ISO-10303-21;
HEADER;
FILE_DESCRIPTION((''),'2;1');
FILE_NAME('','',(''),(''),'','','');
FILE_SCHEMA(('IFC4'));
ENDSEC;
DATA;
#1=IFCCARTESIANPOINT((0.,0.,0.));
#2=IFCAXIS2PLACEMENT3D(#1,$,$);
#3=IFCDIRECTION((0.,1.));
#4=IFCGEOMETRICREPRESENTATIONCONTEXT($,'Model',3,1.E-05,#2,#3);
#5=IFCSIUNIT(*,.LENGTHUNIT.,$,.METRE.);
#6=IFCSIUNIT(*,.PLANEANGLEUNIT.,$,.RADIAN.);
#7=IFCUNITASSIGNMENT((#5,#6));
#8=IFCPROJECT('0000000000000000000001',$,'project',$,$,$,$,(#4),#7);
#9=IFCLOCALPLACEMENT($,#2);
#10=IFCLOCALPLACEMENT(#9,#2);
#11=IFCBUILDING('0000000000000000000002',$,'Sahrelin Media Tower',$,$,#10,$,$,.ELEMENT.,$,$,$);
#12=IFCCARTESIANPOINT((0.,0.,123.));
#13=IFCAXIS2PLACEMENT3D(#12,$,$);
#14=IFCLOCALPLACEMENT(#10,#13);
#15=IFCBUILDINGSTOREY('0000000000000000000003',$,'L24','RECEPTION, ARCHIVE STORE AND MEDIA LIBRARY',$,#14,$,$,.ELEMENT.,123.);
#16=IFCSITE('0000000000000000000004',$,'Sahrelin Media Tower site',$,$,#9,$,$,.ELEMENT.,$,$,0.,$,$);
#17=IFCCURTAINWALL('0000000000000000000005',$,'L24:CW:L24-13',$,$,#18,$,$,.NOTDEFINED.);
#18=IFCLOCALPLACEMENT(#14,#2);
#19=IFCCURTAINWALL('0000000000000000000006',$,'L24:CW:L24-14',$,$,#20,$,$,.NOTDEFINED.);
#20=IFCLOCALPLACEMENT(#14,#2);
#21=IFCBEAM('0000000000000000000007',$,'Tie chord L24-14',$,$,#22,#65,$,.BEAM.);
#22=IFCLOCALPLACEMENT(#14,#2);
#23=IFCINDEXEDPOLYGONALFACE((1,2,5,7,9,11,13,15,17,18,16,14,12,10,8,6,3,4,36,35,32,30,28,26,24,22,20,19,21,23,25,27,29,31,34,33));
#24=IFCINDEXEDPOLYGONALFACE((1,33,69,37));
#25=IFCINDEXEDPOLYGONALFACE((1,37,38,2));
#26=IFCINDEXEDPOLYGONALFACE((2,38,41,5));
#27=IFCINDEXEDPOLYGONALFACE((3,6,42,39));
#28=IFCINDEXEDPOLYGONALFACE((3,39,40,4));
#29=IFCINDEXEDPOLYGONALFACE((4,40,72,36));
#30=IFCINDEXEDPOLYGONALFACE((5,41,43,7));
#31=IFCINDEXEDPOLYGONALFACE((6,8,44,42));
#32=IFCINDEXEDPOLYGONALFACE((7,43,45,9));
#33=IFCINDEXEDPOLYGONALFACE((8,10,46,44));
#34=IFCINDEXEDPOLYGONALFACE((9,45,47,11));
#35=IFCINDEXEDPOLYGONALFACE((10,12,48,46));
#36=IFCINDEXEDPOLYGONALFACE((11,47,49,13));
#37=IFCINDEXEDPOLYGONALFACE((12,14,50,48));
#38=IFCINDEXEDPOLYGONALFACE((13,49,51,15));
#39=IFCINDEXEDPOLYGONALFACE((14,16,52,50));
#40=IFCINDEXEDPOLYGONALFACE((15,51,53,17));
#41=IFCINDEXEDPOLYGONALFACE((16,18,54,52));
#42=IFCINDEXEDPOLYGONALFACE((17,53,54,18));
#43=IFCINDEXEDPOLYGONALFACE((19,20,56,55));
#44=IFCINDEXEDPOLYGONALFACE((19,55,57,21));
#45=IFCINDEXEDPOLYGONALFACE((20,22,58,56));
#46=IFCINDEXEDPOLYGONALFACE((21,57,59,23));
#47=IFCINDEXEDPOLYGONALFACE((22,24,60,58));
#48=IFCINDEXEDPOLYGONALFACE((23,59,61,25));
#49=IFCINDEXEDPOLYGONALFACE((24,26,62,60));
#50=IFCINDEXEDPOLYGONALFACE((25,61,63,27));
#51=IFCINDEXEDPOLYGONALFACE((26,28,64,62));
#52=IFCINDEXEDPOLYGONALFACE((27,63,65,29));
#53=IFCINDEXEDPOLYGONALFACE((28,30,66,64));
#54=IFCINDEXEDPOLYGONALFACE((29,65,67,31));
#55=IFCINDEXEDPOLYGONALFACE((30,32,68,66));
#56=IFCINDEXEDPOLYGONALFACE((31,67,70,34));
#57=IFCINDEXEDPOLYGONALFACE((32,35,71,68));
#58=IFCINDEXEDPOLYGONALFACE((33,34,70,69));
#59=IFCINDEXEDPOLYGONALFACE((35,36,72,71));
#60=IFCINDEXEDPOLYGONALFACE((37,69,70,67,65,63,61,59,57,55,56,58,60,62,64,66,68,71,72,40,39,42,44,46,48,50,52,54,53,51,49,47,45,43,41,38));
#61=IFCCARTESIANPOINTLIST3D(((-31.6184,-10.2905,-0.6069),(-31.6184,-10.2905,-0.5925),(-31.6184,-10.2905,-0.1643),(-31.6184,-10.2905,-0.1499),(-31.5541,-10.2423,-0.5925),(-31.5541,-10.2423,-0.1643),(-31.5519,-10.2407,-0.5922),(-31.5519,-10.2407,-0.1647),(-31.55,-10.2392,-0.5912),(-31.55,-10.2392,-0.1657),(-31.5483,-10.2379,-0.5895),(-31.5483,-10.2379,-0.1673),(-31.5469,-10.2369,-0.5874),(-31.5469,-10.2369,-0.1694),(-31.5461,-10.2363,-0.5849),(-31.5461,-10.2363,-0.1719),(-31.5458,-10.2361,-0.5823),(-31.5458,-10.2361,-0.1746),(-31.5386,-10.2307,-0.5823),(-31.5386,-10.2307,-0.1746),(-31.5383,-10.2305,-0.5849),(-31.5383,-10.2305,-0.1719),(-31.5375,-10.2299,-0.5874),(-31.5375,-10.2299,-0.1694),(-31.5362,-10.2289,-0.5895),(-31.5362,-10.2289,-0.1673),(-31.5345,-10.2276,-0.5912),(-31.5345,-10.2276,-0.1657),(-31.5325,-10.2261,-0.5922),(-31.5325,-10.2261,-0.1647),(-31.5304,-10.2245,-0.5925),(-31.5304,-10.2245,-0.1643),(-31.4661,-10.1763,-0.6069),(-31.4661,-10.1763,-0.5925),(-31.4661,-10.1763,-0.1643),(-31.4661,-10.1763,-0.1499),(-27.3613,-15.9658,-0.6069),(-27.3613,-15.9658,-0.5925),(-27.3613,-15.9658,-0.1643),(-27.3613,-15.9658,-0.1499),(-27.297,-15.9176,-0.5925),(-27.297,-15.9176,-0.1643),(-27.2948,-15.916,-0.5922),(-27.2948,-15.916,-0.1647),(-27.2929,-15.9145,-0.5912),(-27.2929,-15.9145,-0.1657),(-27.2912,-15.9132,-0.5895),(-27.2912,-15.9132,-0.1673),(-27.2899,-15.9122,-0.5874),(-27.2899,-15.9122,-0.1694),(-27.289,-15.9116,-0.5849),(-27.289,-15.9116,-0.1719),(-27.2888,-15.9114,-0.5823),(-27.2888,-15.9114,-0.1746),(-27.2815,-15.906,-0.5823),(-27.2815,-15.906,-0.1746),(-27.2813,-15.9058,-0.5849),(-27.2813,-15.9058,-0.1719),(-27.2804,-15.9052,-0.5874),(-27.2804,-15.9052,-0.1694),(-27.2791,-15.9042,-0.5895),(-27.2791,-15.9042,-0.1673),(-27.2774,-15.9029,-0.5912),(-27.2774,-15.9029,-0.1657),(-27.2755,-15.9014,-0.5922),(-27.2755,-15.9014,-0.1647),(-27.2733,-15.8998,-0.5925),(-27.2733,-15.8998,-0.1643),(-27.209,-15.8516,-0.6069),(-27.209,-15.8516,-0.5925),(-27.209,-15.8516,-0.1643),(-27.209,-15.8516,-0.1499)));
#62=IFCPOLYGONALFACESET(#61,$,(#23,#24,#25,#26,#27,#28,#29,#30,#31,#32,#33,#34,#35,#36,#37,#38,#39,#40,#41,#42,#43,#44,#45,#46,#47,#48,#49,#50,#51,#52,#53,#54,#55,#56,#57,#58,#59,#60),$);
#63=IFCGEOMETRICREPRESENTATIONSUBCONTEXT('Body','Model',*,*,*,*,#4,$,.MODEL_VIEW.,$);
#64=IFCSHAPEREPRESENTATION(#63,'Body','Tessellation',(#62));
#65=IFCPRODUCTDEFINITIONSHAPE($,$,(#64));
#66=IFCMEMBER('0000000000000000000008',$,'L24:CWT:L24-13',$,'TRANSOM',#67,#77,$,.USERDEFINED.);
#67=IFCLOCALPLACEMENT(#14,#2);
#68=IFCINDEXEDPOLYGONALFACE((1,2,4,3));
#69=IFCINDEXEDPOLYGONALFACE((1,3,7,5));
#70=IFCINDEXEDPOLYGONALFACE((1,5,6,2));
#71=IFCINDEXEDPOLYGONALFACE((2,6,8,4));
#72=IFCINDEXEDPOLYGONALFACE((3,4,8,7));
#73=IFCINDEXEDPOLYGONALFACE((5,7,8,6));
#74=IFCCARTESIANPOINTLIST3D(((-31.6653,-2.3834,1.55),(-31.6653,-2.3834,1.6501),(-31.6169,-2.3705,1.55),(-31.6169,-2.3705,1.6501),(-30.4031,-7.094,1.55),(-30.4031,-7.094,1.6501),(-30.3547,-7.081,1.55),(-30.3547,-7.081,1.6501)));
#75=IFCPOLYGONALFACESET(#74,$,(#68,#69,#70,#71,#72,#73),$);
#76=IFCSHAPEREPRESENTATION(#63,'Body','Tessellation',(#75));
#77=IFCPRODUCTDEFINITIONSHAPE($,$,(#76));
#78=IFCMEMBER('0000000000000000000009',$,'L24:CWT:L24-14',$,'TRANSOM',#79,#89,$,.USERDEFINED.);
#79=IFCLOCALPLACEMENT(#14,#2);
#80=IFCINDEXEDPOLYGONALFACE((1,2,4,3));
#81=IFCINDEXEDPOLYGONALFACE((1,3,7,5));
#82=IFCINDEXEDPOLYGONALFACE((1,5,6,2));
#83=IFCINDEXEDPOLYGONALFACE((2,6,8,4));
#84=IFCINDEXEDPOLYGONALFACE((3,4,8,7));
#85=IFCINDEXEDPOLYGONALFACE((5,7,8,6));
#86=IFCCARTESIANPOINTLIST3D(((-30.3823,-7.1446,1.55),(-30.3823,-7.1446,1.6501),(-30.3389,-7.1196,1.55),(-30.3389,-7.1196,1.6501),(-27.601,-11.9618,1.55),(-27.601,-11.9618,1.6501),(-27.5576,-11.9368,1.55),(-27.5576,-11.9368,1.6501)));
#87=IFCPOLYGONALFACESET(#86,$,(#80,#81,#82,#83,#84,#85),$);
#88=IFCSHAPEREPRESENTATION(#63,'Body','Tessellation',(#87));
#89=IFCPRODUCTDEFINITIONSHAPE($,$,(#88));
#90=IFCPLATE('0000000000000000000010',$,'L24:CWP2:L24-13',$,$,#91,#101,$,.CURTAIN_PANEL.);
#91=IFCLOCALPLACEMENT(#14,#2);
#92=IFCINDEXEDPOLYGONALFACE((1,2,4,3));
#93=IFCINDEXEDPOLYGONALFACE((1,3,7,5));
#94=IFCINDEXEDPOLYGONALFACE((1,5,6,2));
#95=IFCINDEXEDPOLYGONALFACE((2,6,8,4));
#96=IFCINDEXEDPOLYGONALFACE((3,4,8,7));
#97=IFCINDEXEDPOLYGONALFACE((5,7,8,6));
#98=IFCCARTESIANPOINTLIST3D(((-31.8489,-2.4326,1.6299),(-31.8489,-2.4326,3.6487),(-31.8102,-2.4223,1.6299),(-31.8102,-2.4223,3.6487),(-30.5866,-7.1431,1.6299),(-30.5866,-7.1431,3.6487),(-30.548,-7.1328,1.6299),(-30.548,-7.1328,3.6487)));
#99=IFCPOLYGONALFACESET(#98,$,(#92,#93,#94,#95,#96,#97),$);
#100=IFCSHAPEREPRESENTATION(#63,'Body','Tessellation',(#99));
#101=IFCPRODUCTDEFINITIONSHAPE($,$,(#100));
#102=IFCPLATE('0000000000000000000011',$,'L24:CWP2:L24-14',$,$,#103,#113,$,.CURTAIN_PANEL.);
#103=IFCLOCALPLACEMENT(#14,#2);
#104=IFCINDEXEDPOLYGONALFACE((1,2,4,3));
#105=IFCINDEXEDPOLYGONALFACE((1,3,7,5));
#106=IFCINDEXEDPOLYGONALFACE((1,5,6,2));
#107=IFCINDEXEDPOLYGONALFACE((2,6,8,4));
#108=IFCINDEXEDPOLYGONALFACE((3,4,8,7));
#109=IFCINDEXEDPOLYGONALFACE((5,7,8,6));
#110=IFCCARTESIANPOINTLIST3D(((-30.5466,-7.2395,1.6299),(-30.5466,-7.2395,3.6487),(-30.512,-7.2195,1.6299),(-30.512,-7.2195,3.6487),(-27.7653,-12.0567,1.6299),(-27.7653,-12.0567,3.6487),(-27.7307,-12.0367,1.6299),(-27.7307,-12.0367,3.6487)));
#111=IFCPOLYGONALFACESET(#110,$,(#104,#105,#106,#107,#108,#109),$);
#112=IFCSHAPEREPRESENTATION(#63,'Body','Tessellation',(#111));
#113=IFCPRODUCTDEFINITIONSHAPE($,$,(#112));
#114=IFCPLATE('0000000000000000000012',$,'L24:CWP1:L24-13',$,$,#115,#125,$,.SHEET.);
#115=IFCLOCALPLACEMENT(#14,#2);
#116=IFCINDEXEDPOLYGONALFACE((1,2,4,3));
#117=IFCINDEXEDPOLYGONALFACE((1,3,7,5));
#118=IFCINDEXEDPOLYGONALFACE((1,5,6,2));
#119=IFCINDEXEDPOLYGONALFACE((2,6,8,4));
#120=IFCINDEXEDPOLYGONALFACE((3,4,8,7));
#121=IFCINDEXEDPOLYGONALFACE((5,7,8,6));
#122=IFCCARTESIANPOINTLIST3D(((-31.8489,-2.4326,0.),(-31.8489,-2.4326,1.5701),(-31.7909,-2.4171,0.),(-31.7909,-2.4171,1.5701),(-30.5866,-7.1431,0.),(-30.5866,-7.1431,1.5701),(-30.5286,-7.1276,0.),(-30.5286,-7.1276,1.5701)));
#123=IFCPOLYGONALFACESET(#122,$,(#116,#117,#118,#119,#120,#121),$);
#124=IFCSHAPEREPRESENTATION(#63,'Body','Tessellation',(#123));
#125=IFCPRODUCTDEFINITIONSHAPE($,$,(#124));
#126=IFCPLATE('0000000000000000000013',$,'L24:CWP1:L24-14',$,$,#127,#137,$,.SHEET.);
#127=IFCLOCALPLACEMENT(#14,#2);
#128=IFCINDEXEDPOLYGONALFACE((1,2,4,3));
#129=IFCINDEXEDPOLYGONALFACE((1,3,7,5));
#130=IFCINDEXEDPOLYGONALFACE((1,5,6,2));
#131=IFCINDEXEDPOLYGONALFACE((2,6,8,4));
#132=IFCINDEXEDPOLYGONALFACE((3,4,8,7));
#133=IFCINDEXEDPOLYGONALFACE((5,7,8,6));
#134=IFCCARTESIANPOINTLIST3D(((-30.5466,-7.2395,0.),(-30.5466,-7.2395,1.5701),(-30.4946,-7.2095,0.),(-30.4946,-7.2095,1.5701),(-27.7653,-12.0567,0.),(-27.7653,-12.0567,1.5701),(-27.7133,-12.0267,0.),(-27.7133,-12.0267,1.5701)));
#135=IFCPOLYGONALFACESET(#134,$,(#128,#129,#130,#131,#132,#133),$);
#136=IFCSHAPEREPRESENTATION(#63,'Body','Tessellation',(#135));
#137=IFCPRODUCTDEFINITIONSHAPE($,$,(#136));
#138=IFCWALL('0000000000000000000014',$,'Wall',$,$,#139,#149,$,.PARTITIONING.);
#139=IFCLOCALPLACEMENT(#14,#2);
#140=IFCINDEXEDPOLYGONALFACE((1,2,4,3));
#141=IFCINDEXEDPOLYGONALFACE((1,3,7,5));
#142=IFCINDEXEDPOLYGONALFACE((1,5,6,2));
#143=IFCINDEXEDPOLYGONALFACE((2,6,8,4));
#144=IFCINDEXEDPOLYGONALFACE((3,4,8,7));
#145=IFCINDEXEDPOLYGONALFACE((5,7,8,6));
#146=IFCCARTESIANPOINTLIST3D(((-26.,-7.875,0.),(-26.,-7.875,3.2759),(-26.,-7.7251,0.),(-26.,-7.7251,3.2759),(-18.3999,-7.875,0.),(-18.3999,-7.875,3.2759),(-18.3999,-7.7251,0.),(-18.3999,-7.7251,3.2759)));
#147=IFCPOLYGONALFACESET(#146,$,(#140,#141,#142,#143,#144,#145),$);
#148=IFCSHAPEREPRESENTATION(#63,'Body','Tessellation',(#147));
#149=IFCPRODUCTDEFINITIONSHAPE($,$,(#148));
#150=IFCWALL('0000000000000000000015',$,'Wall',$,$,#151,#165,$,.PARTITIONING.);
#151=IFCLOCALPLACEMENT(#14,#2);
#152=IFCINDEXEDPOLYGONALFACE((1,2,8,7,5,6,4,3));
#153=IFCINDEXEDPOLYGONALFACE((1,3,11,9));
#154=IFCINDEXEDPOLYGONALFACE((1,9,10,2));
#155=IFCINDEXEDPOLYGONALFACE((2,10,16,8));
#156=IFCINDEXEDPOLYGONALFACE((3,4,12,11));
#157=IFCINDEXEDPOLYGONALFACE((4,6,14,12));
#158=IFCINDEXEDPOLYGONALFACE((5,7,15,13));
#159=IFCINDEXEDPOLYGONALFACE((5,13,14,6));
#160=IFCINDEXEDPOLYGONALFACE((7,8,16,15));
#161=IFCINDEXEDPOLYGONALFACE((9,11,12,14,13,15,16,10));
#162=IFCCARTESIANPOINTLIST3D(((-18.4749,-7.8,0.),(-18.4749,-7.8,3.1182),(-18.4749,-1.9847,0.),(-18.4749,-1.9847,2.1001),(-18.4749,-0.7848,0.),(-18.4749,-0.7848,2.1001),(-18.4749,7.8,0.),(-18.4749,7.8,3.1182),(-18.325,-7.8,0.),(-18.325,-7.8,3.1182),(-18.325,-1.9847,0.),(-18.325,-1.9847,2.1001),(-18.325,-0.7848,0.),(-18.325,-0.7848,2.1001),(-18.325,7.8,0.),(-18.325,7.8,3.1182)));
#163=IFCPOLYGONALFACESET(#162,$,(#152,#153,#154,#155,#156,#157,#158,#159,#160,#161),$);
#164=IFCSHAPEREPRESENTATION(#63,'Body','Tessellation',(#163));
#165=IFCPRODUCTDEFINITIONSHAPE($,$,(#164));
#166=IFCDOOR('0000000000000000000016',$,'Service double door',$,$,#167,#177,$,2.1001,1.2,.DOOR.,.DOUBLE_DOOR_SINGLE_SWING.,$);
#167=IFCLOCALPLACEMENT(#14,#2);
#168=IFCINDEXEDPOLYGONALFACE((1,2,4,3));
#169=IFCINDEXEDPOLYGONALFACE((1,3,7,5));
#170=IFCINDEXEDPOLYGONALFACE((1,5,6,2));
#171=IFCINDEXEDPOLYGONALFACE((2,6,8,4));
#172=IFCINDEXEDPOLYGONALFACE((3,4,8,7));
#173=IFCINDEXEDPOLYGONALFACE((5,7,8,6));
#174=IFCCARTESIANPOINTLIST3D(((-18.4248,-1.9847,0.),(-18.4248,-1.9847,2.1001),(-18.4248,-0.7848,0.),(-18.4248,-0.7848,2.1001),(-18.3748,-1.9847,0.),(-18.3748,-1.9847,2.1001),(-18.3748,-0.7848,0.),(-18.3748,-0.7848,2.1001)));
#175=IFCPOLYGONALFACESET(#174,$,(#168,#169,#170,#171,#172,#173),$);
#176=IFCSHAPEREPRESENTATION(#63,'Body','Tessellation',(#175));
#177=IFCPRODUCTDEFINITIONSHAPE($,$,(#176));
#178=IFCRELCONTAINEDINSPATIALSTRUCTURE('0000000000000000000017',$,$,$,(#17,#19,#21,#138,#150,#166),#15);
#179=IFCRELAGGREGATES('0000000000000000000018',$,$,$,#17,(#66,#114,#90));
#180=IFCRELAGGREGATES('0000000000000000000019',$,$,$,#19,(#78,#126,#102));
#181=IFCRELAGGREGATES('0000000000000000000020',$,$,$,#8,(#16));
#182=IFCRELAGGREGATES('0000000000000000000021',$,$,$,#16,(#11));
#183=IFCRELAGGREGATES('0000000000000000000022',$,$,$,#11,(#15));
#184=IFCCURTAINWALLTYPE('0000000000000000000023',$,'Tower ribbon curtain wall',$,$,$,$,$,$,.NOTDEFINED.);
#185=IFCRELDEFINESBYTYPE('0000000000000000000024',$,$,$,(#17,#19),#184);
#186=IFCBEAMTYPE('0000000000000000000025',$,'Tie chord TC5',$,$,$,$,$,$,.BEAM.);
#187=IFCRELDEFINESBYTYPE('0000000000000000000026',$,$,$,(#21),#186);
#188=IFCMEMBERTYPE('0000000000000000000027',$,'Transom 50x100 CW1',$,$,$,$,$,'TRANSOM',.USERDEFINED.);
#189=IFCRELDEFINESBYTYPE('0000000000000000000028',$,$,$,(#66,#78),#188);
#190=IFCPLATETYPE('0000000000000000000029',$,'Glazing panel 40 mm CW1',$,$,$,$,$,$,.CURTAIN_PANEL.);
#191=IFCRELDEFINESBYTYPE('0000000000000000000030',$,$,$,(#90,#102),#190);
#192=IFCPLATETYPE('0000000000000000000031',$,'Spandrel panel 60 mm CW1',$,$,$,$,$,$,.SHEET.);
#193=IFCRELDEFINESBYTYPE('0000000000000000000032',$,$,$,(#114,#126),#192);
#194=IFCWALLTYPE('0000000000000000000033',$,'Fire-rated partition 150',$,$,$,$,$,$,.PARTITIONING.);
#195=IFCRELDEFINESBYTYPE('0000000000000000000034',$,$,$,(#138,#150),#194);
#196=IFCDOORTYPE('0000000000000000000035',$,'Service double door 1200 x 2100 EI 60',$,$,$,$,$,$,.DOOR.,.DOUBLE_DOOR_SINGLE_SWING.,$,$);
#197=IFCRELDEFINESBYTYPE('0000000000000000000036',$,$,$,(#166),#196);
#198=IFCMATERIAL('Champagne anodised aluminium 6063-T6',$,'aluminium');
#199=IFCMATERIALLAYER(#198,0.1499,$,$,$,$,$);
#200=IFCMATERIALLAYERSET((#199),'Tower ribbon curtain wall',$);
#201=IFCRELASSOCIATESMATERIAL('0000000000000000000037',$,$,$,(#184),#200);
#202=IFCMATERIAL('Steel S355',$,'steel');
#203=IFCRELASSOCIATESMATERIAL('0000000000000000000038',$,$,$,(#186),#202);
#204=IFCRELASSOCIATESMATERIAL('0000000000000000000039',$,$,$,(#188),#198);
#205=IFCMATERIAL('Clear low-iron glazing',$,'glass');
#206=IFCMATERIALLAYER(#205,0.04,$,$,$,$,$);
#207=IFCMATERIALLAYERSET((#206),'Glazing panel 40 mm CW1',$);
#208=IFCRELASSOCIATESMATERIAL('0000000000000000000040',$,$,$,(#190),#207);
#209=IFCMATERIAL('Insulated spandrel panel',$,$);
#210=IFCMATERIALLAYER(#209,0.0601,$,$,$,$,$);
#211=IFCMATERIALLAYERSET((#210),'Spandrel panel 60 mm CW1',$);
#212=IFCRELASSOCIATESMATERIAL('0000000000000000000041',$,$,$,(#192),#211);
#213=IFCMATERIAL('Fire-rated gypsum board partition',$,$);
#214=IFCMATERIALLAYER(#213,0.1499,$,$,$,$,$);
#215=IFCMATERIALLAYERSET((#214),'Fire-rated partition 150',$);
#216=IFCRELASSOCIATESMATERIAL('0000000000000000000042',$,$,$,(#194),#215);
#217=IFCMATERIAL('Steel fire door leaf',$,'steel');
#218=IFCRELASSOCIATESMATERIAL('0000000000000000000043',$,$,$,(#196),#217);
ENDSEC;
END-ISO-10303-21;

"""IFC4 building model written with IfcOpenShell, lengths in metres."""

from ifc_helpers import new_model, si_unit, direction, frame, frame_2d, origin, origin_2d, place, context, subcontext, project, spatial, polyline, rectangle, i_section, outline, extrude, material, layer, layer_set, material_profile, profile_set, type_object, element, fill, aggregate, save


model = new_model("IFC4")

# Units and contexts
model_context = context("Model", 3, precision=1e-05, world=origin(), true_north=direction((0.0, 1.0)))
body_context = subcontext(model_context, "Body", "Model", "MODEL_VIEW")
ifc_project = project(units=[si_unit("LENGTHUNIT", "METRE"), si_unit("PLANEANGLEUNIT", "RADIAN")], contexts=[model_context])

# Site, building, storey
site_placement = place(None, origin())
site = spatial("IfcSite", under=ifc_project, at=site_placement, Name="Sahrelin Media Tower site", CompositionType="ELEMENT", RefElevation=0.0)
building_placement = place(site_placement, origin())
building = spatial("IfcBuilding", under=site, at=building_placement, Name="Sahrelin Media Tower", CompositionType="ELEMENT")
storey_placement = place(building_placement, frame((0.0, 0.0, 123.0)))
storey = spatial("IfcBuildingStorey", under=building, at=storey_placement, Name="L24", Description="RECEPTION, ARCHIVE STORE AND MEDIA LIBRARY", CompositionType="ELEMENT", Elevation=123.0)

# Shared definitions
ifc_material_1 = material(Name="Steel S355", Category="steel")

# Curtain walls
ifc_material_2 = material(Name="Champagne anodised aluminium 6063-T6", Category="aluminium")
ifc_layer_1 = layer(ifc_material_2, 0.1499)
ifc_layer_set_1 = layer_set([ifc_layer_1], Name="Tower ribbon curtain wall")
curtain_wall_type = type_object("IfcCurtainWallType", Name="Tower ribbon curtain wall", PredefinedType="NOTDEFINED", material=ifc_layer_set_1)
curtain_wall_1_placement = place(storey_placement, frame((-31.1985, -4.7827, 0.0), z_axis=(0.0, 0.0, 1.0), x_axis=(1.0, 0.0, 0.0)))
curtain_wall_1 = element("IfcCurtainWall", 1, at=curtain_wall_1_placement, inside=storey, type_object=curtain_wall_type, Name="L24:CW:L24-13", PredefinedType="NOTDEFINED")
curtain_wall_2_placement = place(storey_placement, frame((-29.1389, -9.6382, 0.0), z_axis=(0.0, 0.0, 1.0), x_axis=(1.0, 0.0, 0.0)))
curtain_wall_2 = element("IfcCurtainWall", 2, at=curtain_wall_2_placement, inside=storey, type_object=curtain_wall_type, Name="L24:CW:L24-14", PredefinedType="NOTDEFINED")

# Beam
ifc_material_profile_1 = material_profile(ifc_material_1, i_section(OverallWidth=0.1904, OverallDepth=0.457, WebThickness=0.009, FlangeThickness=0.0144, FilletRadius=0.0103, at=origin_2d()), Name="UB 457x191x74")
ifc_profile_set_1 = profile_set([ifc_material_profile_1], Name="Steel S355")
beam_type_1 = type_object("IfcBeamType", Name="Tie chord TC5", PredefinedType="BEAM", material=ifc_profile_set_1)
beam_1_placement = place(storey_placement, frame((-31.5422, -10.2334, -0.3784), z_axis=(0.600055, -0.799959, 0.0), x_axis=(0.799959, 0.600055, 0.0)))
element("IfcBeam", 3, at=beam_1_placement, inside=storey, type_object=beam_type_1, Name="Tie chord L24-14", PredefinedType="BEAM", context=body_context, shape_type="SweptSolid", body=[
    extrude(i_section(OverallWidth=0.1904, OverallDepth=0.457, WebThickness=0.009, FlangeThickness=0.0144, FilletRadius=0.0103, at=origin_2d()), origin(), (0.0, 0.0, 1.0), 7.0945),
])

# Members
ifc_material_profile_2 = material_profile(ifc_material_2, rectangle(XDim=0.05, YDim=0.1001, at=origin_2d()), Name="Transom 50x100")
ifc_profile_set_2 = profile_set([ifc_material_profile_2], Name="Champagne anodised aluminium 6063-T6")
member_type_1 = type_object("IfcMemberType", Name="Transom 50x100 CW1", ElementType="TRANSOM", PredefinedType="USERDEFINED", material=ifc_profile_set_2)
member_1_placement = place(storey_placement, frame((-31.6411, -2.377, 1.6001), z_axis=(0.258828, -0.965923, 0.0), x_axis=(0.965923, 0.258828, 0.0)))
member_1 = element("IfcMember", 4, at=member_1_placement, type_object=member_type_1, Name="L24:CWT:L24-13", ObjectType="TRANSOM", PredefinedType="USERDEFINED", context=body_context, shape_type="SweptSolid", body=[
    extrude(rectangle(XDim=0.05, YDim=0.1001, at=origin_2d()), origin(), (0.0, 0.0, 1.0), 4.8767),
])
member_2_placement = place(storey_placement, frame((-30.3606, -7.1321, 1.6001), z_axis=(0.50001, -0.86602, 0.0), x_axis=(0.86602, 0.50001, 0.0)))
member_2 = element("IfcMember", 5, at=member_2_placement, type_object=member_type_1, Name="L24:CWT:L24-14", ObjectType="TRANSOM", PredefinedType="USERDEFINED", context=body_context, shape_type="SweptSolid", body=[
    extrude(rectangle(XDim=0.05, YDim=0.1001, at=origin_2d()), origin(), (0.0, 0.0, 1.0), 5.5625),
])

# Plates
ifc_material_3 = material(Name="Clear low-iron glazing", Category="glass")
ifc_layer_2 = layer(ifc_material_3, 0.04)
ifc_layer_set_2 = layer_set([ifc_layer_2], Name="Glazing panel 40 mm CW1")
plate_type_1 = type_object("IfcPlateType", Name="Glazing panel 40 mm CW1", PredefinedType="CURTAIN_PANEL", material=ifc_layer_set_2)
plate_1_placement = place(storey_placement, frame((-31.8489, -2.4326, 1.6299), z_axis=(-0.965923, -0.258828, 0.0), x_axis=(0.258828, -0.965923, 0.0)))
plate_1 = element("IfcPlate", 6, at=plate_1_placement, type_object=plate_type_1, Name="L24:CWP2:L24-13", PredefinedType="CURTAIN_PANEL", context=body_context, shape_type="SweptSolid", body=[
    extrude(outline(polyline([(0.0, 0.0), (4.8767, 0.0), (4.8767, 2.0188), (0.0, 2.0188), (0.0, 0.0)])), origin(), (0.0, 0.0, -1.0), 0.04),
])
plate_2_placement = place(storey_placement, frame((-30.5466, -7.2395, 1.6299), z_axis=(-0.86602, -0.50001, 0.0), x_axis=(0.50001, -0.86602, 0.0)))
plate_2 = element("IfcPlate", 7, at=plate_2_placement, type_object=plate_type_1, Name="L24:CWP2:L24-14", PredefinedType="CURTAIN_PANEL", context=body_context, shape_type="SweptSolid", body=[
    extrude(outline(polyline([(0.0, 0.0), (5.5625, 0.0), (5.5625, 2.0188), (0.0, 2.0188), (0.0, 0.0)])), origin(), (0.0, 0.0, -1.0), 0.04),
])
ifc_material_4 = material(Name="Insulated spandrel panel")
ifc_layer_3 = layer(ifc_material_4, 0.0601)
ifc_layer_set_3 = layer_set([ifc_layer_3], Name="Spandrel panel 60 mm CW1")
plate_type_2 = type_object("IfcPlateType", Name="Spandrel panel 60 mm CW1", PredefinedType="SHEET", material=ifc_layer_set_3)
plate_3_placement = place(storey_placement, frame((-31.8489, -2.4326, 0.0), z_axis=(-0.965923, -0.258828, 0.0), x_axis=(0.258828, -0.965923, 0.0)))
plate_3 = element("IfcPlate", 8, at=plate_3_placement, type_object=plate_type_2, Name="L24:CWP1:L24-13", PredefinedType="SHEET", context=body_context, shape_type="SweptSolid", body=[
    extrude(outline(polyline([(0.0, 0.0), (4.8767, 0.0), (4.8767, 1.5701), (0.0, 1.5701), (0.0, 0.0)])), origin(), (0.0, 0.0, -1.0), 0.0601),
])
aggregate(curtain_wall_1, [member_1, plate_3, plate_1])
plate_4_placement = place(storey_placement, frame((-30.5466, -7.2395, 0.0), z_axis=(-0.86602, -0.50001, 0.0), x_axis=(0.50001, -0.86602, 0.0)))
plate_4 = element("IfcPlate", 9, at=plate_4_placement, type_object=plate_type_2, Name="L24:CWP1:L24-14", PredefinedType="SHEET", context=body_context, shape_type="SweptSolid", body=[
    extrude(outline(polyline([(0.0, 0.0), (5.5625, 0.0), (5.5625, 1.5701), (0.0, 1.5701), (0.0, 0.0)])), origin(), (0.0, 0.0, -1.0), 0.0601),
])
aggregate(curtain_wall_2, [member_2, plate_4, plate_2])

# Wall
ifc_material_5 = material(Name="Fire-rated gypsum board partition")
ifc_layer_4 = layer(ifc_material_5, 0.1499)
ifc_layer_set_4 = layer_set([ifc_layer_4], Name="Fire-rated partition 150")
wall_type = type_object("IfcWallType", Name="Fire-rated partition 150", PredefinedType="PARTITIONING", material=ifc_layer_set_4)
wall_1_placement = place(storey_placement, frame((-26.0, -7.8, 0.0), z_axis=(0.0, 0.0, 1.0), x_axis=(1.0, 0.0, 0.0)))
element("IfcWall", 10, at=wall_1_placement, inside=storey, type_object=wall_type, Name="Wall", PredefinedType="PARTITIONING", context=body_context, shape_type="SweptSolid", body=[
    extrude(rectangle(XDim=7.6001, YDim=0.1499, at=frame_2d((3.8, 0.0))), origin(), (0.0, 0.0, 1.0), 3.2759),
])

# Wall, opening, door
wall_2_placement = place(storey_placement, frame((-18.3999, -7.8, 0.0), z_axis=(0.0, 0.0, 1.0), x_axis=(0.0, 1.0, 0.0)))
wall_2 = element("IfcWall", 11, at=wall_2_placement, inside=storey, type_object=wall_type, Name="Wall", PredefinedType="PARTITIONING", context=body_context, shape_type="SweptSolid", body=[
    extrude(rectangle(XDim=15.6001, YDim=0.1499, at=frame_2d((7.8, 0.0))), origin(), (0.0, 0.0, 1.0), 3.1182),
])
opening_placement = place(wall_2_placement, frame((5.8152, 0.0, 0.0)))
opening = element("IfcOpeningElement", 12, at=opening_placement, cuts=wall_2, PredefinedType="OPENING", context=body_context, shape_type="SweptSolid", body=[
    extrude(rectangle(XDim=1.2, YDim=2.1001, at=frame_2d((0.6001, 1.05))), frame((0.0, 0.075, 0.0), z_axis=(0.0, -1.0, 0.0), x_axis=(1.0, 0.0, 0.0)), (0.0, 0.0, 1.0), 0.1499),
])
ifc_material_6 = material(Name="Steel fire door leaf", Category="steel")
door_type = type_object("IfcDoorType", Name="Service double door 1200 x 2100 EI 60", OperationType="DOUBLE_DOOR_SINGLE_SWING", PredefinedType="DOOR", material=ifc_material_6)
door_placement = place(opening_placement, origin())
door = element("IfcDoor", 13, at=door_placement, inside=storey, type_object=door_type, Name="Service double door", OperationType="DOUBLE_DOOR_SINGLE_SWING", OverallHeight=2.1001, OverallWidth=1.2, PredefinedType="DOOR", context=body_context, shape_type="SweptSolid", body=[
    extrude(rectangle(XDim=1.2, YDim=2.1001, at=frame_2d((0.6001, 1.05))), frame((0.0, 0.0249, 0.0), z_axis=(0.0, -1.0, 0.0), x_axis=(1.0, 0.0, 0.0)), (0.0, 0.0, 1.0), 0.05),
])
fill(opening, door)

save(model, "model.ifc")
